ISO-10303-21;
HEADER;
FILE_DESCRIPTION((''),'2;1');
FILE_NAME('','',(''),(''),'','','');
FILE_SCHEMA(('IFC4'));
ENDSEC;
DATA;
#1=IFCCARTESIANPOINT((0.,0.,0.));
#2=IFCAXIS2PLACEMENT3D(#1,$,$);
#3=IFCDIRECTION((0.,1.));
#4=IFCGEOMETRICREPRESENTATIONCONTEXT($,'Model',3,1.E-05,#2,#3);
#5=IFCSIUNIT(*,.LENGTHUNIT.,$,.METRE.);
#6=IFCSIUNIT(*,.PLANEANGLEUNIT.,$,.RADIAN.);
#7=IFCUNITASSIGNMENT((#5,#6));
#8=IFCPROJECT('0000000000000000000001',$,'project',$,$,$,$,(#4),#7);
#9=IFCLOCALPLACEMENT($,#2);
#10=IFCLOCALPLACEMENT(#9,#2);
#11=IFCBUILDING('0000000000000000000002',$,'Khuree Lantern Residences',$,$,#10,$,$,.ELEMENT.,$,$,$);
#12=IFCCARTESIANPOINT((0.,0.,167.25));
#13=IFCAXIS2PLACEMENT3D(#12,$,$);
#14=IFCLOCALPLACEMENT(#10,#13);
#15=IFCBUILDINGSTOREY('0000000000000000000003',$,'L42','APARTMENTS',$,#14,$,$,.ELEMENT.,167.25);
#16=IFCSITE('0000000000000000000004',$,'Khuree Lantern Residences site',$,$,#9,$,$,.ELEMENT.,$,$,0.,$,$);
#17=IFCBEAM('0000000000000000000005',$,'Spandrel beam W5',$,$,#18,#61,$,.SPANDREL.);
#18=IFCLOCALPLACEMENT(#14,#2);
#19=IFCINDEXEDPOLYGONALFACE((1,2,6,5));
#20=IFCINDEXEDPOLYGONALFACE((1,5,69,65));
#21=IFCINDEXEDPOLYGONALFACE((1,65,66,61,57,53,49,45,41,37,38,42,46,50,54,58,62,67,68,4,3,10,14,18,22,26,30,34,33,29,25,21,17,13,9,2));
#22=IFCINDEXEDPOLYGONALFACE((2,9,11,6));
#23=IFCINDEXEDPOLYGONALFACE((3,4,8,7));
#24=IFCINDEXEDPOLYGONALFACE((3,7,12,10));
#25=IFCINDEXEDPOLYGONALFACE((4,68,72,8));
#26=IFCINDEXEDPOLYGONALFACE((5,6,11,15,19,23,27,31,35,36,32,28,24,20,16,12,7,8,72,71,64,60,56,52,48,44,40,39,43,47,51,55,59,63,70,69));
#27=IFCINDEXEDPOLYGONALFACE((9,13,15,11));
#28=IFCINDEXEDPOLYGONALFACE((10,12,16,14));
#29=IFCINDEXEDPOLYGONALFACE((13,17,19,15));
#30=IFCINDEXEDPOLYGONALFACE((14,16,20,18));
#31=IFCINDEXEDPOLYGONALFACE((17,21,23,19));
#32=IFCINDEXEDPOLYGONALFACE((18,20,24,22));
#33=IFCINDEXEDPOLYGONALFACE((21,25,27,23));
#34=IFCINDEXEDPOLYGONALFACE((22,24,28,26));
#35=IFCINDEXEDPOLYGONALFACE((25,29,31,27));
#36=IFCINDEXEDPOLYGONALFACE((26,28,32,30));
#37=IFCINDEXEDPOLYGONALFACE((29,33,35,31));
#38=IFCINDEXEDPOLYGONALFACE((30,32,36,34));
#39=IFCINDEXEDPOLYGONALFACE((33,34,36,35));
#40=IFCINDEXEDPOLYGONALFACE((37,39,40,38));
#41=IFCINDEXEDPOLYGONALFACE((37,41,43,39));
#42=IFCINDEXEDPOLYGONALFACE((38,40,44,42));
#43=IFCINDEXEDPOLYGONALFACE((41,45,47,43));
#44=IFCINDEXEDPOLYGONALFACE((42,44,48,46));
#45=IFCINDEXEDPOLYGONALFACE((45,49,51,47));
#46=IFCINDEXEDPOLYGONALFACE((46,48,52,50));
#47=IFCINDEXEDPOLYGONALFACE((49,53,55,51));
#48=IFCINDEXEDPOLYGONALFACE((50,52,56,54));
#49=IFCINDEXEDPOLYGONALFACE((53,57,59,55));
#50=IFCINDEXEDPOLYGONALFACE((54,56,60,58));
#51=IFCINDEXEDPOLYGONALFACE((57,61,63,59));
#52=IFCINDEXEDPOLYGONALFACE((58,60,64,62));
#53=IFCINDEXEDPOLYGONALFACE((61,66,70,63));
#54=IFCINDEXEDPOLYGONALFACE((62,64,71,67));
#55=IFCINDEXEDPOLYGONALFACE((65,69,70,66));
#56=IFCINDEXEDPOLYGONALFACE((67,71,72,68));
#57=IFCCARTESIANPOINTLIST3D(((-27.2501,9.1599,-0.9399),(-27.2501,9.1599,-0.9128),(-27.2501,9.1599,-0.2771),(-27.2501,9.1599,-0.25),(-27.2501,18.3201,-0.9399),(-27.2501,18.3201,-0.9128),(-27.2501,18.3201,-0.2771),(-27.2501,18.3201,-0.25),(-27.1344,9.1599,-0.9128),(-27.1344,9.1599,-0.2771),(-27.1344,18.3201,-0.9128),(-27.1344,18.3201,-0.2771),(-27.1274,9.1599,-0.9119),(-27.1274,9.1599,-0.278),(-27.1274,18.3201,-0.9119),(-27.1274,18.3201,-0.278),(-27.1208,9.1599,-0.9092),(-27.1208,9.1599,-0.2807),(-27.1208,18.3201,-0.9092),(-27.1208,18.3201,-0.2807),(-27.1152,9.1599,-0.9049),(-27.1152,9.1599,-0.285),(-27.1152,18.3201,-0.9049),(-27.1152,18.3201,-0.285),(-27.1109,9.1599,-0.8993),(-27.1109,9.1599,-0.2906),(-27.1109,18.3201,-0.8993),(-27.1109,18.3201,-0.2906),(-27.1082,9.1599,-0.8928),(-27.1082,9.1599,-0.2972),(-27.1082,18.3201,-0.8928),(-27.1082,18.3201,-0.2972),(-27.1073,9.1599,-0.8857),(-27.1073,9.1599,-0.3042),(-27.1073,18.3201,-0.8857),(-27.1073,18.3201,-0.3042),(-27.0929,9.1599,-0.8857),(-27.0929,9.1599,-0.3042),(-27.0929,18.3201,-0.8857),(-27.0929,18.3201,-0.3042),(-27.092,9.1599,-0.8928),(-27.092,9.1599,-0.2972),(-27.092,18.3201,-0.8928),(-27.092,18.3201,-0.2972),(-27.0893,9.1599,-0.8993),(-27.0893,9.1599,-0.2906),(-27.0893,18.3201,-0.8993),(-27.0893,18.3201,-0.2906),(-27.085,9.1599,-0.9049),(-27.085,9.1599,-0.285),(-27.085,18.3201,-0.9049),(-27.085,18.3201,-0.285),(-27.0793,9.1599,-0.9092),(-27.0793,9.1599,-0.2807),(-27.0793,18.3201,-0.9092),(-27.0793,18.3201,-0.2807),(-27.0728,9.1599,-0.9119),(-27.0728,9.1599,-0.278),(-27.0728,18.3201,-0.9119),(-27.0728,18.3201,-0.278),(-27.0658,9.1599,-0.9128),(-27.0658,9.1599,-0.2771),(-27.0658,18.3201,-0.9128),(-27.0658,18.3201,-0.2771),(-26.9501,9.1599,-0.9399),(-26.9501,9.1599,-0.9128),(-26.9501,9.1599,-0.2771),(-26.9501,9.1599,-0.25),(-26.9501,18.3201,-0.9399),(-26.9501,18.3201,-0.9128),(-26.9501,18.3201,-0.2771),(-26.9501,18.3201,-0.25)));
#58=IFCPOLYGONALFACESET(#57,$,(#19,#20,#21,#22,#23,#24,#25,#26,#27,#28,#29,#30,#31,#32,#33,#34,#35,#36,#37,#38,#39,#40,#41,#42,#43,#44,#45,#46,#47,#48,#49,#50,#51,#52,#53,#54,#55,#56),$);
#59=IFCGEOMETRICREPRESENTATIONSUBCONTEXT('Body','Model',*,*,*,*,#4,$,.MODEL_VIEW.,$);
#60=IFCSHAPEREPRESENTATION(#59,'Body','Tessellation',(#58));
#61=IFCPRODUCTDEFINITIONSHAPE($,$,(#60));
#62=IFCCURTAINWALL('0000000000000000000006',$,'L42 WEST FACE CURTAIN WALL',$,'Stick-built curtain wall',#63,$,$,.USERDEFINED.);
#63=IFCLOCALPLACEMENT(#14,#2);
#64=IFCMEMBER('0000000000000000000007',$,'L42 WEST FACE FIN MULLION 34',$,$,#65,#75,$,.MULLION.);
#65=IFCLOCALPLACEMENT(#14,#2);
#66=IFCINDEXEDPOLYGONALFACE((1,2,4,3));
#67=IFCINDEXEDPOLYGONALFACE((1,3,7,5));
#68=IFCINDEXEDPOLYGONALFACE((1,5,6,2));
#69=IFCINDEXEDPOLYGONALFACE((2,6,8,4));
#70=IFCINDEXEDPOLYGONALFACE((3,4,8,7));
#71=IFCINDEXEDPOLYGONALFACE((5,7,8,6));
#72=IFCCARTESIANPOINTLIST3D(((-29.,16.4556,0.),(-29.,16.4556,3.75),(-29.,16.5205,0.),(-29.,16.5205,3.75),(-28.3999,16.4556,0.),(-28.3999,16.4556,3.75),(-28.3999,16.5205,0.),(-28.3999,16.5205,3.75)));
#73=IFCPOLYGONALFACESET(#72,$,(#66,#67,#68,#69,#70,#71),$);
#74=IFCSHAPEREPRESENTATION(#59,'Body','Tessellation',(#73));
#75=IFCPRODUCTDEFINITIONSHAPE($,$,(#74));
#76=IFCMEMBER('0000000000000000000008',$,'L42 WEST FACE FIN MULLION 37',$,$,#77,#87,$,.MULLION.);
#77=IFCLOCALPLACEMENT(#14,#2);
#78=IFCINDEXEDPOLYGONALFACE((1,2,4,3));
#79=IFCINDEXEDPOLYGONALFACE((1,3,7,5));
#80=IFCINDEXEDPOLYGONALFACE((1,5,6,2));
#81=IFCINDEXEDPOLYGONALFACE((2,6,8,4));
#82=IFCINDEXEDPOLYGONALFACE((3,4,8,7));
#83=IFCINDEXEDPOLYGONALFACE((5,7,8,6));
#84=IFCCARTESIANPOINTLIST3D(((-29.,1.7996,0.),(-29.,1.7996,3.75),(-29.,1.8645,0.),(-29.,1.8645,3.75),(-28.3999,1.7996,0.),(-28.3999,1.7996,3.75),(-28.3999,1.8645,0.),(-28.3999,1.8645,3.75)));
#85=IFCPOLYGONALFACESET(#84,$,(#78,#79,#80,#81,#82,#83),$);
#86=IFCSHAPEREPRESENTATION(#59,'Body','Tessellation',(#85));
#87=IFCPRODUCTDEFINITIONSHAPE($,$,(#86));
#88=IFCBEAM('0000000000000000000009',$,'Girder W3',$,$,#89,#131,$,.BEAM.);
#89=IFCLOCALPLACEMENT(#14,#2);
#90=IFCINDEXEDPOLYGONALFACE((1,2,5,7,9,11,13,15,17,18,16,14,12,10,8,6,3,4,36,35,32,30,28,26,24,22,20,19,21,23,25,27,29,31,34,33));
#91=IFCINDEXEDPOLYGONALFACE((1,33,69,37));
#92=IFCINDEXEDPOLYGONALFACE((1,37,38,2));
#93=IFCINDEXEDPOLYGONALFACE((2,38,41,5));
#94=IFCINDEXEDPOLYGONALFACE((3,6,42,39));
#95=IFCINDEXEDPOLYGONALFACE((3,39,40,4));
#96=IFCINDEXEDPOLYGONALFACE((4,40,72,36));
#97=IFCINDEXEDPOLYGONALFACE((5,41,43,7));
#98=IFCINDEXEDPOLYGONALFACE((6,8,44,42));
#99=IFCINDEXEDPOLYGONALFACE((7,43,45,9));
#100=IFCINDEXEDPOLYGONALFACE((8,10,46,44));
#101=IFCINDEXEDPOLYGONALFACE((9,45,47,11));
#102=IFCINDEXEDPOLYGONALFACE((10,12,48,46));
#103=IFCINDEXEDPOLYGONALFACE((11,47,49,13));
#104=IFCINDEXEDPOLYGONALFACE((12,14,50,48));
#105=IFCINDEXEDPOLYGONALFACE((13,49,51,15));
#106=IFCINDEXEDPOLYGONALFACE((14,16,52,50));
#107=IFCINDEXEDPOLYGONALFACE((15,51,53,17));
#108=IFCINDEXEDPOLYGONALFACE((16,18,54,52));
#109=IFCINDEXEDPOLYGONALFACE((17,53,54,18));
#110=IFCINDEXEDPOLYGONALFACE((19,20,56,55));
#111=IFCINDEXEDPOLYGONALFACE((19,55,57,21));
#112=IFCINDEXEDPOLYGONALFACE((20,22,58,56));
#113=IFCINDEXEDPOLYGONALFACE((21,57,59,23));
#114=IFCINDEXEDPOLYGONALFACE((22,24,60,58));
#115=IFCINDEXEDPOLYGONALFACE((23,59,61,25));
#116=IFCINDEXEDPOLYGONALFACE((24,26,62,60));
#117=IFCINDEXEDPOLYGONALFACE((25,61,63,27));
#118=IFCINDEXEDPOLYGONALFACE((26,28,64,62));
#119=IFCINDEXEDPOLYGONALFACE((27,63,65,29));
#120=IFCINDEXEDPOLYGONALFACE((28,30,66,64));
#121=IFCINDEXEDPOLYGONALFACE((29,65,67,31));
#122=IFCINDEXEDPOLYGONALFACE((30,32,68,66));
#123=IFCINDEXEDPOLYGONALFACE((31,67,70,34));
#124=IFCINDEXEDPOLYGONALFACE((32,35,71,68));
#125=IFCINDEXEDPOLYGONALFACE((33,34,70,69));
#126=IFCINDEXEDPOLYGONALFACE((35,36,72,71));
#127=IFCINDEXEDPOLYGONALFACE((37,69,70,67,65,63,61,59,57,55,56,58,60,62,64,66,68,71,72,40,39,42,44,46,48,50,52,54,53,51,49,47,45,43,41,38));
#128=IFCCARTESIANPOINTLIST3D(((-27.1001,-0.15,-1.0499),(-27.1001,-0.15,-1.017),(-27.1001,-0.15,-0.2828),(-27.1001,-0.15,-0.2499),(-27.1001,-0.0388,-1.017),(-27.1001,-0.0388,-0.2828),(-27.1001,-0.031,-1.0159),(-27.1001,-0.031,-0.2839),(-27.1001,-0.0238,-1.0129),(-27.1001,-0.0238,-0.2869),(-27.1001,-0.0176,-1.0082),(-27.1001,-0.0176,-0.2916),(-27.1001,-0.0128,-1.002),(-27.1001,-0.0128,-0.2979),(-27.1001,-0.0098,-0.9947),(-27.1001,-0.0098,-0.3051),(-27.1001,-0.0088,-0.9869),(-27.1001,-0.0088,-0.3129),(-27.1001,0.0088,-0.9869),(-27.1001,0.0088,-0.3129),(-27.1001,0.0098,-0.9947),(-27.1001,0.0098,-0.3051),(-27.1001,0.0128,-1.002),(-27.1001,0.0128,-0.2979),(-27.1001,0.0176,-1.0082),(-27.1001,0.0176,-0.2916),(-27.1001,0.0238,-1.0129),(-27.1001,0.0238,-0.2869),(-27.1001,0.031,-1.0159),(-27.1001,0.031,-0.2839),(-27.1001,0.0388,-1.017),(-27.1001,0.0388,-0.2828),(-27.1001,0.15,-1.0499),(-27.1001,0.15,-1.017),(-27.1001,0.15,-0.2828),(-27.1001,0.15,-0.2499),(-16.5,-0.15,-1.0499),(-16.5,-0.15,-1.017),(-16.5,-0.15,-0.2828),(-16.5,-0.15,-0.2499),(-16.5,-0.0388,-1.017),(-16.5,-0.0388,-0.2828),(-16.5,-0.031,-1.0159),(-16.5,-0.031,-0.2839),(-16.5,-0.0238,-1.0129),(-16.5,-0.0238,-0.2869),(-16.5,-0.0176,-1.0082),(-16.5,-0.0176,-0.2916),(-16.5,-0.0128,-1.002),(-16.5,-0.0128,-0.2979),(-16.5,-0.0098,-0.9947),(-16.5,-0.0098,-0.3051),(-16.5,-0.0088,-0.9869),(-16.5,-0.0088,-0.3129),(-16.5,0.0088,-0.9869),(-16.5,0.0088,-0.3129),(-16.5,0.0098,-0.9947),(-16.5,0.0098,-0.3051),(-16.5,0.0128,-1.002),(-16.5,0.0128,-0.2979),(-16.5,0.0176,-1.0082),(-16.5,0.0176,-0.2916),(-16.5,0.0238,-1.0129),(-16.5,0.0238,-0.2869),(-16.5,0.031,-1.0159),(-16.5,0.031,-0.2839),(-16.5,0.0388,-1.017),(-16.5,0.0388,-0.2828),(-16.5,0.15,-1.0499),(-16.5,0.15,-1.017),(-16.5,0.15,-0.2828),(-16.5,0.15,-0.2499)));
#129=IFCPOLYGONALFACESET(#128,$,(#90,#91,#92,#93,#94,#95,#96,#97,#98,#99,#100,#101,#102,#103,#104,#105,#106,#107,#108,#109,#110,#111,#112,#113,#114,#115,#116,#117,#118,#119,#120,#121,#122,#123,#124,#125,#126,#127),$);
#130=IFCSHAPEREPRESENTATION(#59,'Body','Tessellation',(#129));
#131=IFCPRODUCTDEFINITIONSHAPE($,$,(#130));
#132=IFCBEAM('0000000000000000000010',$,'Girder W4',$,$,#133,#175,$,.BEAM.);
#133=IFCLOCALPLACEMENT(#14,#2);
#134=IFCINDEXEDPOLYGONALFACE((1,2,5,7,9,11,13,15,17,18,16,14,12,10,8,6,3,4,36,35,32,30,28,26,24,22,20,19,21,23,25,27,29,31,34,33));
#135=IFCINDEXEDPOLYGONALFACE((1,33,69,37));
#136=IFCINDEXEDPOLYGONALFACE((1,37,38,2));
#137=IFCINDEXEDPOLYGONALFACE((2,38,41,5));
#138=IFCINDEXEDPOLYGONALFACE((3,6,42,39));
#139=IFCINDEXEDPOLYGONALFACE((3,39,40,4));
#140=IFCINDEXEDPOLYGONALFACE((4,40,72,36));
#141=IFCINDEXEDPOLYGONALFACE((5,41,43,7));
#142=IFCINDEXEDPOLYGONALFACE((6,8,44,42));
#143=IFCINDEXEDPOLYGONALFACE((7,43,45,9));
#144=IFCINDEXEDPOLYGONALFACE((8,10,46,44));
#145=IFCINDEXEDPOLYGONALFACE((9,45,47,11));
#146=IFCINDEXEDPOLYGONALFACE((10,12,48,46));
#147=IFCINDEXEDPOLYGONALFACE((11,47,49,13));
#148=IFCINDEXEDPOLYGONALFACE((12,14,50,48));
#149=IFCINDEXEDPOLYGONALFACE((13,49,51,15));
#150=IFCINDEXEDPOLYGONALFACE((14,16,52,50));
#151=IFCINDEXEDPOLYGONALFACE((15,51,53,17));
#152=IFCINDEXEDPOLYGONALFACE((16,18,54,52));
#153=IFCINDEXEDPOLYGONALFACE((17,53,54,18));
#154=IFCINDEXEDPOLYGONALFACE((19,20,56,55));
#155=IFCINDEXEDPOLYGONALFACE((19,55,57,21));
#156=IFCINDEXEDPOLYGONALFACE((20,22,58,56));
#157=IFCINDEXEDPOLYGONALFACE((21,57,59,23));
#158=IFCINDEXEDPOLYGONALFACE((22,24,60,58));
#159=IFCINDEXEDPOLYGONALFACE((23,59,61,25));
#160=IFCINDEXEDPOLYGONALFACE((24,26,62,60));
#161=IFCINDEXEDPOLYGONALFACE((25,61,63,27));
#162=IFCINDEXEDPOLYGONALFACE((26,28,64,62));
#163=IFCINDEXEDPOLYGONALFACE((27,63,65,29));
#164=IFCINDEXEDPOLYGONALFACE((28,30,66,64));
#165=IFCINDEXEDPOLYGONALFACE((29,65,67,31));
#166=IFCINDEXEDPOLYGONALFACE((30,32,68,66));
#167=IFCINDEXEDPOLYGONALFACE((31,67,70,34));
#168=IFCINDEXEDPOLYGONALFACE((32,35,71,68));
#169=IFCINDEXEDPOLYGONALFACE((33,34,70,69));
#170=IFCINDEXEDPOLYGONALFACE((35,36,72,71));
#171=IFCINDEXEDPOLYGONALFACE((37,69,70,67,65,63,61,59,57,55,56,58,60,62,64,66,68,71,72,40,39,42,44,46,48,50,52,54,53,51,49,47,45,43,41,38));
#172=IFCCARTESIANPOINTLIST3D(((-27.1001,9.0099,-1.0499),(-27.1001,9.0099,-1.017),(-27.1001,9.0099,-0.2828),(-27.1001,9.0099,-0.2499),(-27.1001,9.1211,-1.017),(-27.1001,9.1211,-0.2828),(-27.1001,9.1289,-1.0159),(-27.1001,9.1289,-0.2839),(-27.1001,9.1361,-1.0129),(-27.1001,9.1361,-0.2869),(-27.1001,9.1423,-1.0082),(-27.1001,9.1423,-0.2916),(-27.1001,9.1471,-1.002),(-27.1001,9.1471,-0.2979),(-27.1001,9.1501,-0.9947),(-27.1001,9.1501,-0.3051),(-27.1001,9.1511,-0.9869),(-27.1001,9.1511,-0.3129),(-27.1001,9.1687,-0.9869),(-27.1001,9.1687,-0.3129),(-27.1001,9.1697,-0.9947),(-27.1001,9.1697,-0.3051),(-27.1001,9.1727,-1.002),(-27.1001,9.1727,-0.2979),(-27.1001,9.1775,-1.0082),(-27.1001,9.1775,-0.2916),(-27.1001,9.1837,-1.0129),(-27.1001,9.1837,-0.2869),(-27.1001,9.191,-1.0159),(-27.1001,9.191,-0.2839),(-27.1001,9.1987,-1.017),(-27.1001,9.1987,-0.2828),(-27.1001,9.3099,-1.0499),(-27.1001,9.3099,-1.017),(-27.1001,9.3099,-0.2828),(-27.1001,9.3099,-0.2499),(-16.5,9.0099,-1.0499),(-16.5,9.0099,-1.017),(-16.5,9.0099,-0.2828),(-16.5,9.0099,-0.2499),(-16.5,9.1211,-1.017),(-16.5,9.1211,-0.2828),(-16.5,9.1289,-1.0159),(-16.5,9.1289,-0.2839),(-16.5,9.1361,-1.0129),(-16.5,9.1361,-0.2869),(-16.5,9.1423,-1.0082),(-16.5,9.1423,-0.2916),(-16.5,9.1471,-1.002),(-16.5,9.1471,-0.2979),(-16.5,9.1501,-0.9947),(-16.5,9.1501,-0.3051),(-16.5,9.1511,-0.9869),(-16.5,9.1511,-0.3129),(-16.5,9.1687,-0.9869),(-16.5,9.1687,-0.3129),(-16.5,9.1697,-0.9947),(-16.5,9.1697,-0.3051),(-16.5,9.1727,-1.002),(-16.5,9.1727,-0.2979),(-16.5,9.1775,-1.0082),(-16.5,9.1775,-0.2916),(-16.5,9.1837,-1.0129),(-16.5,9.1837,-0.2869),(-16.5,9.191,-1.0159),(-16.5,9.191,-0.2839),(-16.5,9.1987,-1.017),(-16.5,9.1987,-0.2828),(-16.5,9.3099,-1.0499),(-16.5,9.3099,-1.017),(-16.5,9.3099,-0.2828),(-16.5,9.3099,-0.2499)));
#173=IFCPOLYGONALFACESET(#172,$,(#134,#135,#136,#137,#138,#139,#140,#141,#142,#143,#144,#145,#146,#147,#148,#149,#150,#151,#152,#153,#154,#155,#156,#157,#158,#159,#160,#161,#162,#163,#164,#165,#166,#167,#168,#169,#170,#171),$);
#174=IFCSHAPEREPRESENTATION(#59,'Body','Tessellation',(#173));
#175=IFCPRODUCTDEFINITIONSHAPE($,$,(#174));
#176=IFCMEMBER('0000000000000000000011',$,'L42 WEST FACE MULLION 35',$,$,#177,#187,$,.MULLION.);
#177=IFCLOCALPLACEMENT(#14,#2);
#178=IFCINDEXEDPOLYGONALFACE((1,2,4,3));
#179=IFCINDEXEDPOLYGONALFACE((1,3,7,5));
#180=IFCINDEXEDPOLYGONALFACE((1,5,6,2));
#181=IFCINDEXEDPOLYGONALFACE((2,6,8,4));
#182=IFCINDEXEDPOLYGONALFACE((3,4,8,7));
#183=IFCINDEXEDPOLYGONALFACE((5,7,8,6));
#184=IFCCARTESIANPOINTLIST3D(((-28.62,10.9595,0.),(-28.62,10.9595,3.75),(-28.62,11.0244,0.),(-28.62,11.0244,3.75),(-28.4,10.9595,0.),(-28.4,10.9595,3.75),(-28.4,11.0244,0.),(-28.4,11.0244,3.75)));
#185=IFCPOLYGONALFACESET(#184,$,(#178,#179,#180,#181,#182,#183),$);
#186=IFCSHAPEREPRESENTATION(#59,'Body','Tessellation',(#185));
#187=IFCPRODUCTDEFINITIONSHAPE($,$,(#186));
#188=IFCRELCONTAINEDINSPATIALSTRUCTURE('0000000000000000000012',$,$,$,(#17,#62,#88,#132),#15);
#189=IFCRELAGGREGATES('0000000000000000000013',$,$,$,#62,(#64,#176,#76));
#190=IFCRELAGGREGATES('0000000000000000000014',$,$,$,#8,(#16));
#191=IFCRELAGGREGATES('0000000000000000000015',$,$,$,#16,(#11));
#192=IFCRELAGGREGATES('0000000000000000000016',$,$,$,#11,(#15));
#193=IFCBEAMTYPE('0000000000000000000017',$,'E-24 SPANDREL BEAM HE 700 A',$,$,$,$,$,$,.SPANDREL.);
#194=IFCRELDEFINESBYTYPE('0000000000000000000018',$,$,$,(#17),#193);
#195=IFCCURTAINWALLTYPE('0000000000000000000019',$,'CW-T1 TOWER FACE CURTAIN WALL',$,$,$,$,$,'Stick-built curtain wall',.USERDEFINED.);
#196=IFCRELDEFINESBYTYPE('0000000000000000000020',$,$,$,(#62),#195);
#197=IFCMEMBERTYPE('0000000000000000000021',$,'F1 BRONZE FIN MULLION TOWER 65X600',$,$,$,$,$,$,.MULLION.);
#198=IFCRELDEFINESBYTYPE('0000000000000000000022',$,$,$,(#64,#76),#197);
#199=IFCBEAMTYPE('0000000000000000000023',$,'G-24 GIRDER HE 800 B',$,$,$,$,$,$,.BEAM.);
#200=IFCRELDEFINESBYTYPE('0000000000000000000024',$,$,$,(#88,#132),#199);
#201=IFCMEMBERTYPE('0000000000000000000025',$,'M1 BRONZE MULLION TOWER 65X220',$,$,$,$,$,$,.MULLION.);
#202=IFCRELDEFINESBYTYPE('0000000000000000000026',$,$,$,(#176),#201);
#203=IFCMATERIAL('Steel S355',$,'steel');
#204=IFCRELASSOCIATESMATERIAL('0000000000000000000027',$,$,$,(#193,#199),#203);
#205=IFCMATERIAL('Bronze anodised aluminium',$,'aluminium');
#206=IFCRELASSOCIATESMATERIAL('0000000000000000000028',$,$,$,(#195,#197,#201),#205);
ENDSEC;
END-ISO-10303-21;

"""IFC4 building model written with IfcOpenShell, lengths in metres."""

from ifc_helpers import new_model, si_unit, direction, frame, origin, origin_2d, place, context, subcontext, project, spatial, rectangle, i_section, extrude, material, material_profile, profile_set, type_object, element, aggregate, save


model = new_model("IFC4")

# Units and contexts
model_context = context("Model", 3, precision=1e-05, world=origin(), true_north=direction((0.0, 1.0)))
body_context = subcontext(model_context, "Body", "Model", "MODEL_VIEW")
ifc_project = project(units=[si_unit("LENGTHUNIT", "METRE"), si_unit("PLANEANGLEUNIT", "RADIAN")], contexts=[model_context])

# Site, building, storey
site_placement = place(None, origin())
site = spatial("IfcSite", under=ifc_project, at=site_placement, Name="Khuree Lantern Residences site", CompositionType="ELEMENT", RefElevation=0.0)
building_placement = place(site_placement, origin())
building = spatial("IfcBuilding", under=site, at=building_placement, Name="Khuree Lantern Residences", CompositionType="ELEMENT")
storey_placement = place(building_placement, frame((0.0, 0.0, 167.25)))
storey = spatial("IfcBuildingStorey", under=building, at=storey_placement, Name="L42", Description="APARTMENTS", CompositionType="ELEMENT", Elevation=167.25)

# Beam
ifc_material_1 = material(Name="Steel S355", Category="steel")
ifc_material_profile_1 = material_profile(ifc_material_1, i_section(OverallWidth=0.3, OverallDepth=0.6899, WebThickness=0.0144, FlangeThickness=0.0271, FilletRadius=0.0271, at=origin_2d()), Name="HE 700 A")
ifc_profile_set_1 = profile_set([ifc_material_profile_1], Name="Steel S355")
beam_type_1 = type_object("IfcBeamType", Name="E-24 SPANDREL BEAM HE 700 A", PredefinedType="SPANDREL", material=ifc_profile_set_1)
beam_1_placement = place(storey_placement, frame((-27.1001, 9.1599, -0.595), z_axis=(0.0, 1.0, 0.0), x_axis=(-1.0, 0.0, 0.0)))
element("IfcBeam", 1, at=beam_1_placement, inside=storey, type_object=beam_type_1, Name="Spandrel beam W5", PredefinedType="SPANDREL", context=body_context, shape_type="SweptSolid", body=[
    extrude(i_section(OverallWidth=0.3, OverallDepth=0.6899, WebThickness=0.0144, FlangeThickness=0.0271, FilletRadius=0.0271, at=origin_2d()), origin(), (0.0, 0.0, 1.0), 9.1602),
])

# Curtain wall, members
ifc_material_2 = material(Name="Bronze anodised aluminium", Category="aluminium")
curtain_wall_type = type_object("IfcCurtainWallType", Name="CW-T1 TOWER FACE CURTAIN WALL", ElementType="Stick-built curtain wall", PredefinedType="USERDEFINED", material=ifc_material_2)
curtain_wall_placement = place(storey_placement, origin())
curtain_wall = element("IfcCurtainWall", 2, at=curtain_wall_placement, inside=storey, type_object=curtain_wall_type, Name="L42 WEST FACE CURTAIN WALL", ObjectType="Stick-built curtain wall", PredefinedType="USERDEFINED")
ifc_material_profile_2 = material_profile(ifc_material_2, rectangle(XDim=0.0649, YDim=0.6001, at=origin_2d()), Name="F1 65X600")
ifc_profile_set_2 = profile_set([ifc_material_profile_2], Name="Bronze anodised aluminium")
member_type_1 = type_object("IfcMemberType", Name="F1 BRONZE FIN MULLION TOWER 65X600", PredefinedType="MULLION", material=ifc_profile_set_2)
member_1_placement = place(storey_placement, frame((-28.7, 16.488, 0.0), z_axis=(0.0, 0.0, 1.0), x_axis=(0.0, -1.0, 0.0)))
member_1 = element("IfcMember", 3, at=member_1_placement, type_object=member_type_1, Name="L42 WEST FACE FIN MULLION 34", PredefinedType="MULLION", context=body_context, shape_type="SweptSolid", body=[
    extrude(rectangle(XDim=0.0649, YDim=0.6001, at=origin_2d()), origin(), (0.0, 0.0, 1.0), 3.75),
])
member_2_placement = place(storey_placement, frame((-28.7, 1.832, 0.0), z_axis=(0.0, 0.0, 1.0), x_axis=(0.0, -1.0, 0.0)))
member_2 = element("IfcMember", 4, at=member_2_placement, type_object=member_type_1, Name="L42 WEST FACE FIN MULLION 37", PredefinedType="MULLION", context=body_context, shape_type="SweptSolid", body=[
    extrude(rectangle(XDim=0.0649, YDim=0.6001, at=origin_2d()), origin(), (0.0, 0.0, 1.0), 3.75),
])

# Beams
ifc_material_profile_3 = material_profile(ifc_material_1, i_section(OverallWidth=0.3, OverallDepth=0.8, WebThickness=0.0176, FlangeThickness=0.033, FilletRadius=0.03, at=origin_2d()), Name="HE 800 B")
ifc_profile_set_3 = profile_set([ifc_material_profile_3], Name="Steel S355")
beam_type_2 = type_object("IfcBeamType", Name="G-24 GIRDER HE 800 B", PredefinedType="BEAM", material=ifc_profile_set_3)
for number, where, z_axis, x_axis, name in (
    (5, (-27.1001, 0.0, -0.6499), (1.0, 0.0, 0.0), (0.0, 1.0, 0.0), "Girder W3"),
    (6, (-27.1001, 9.1599, -0.6499), (1.0, 0.0, 0.0), (0.0, 1.0, 0.0), "Girder W4"),
):
    element("IfcBeam", number, at=place(storey_placement, frame(where, z_axis=z_axis, x_axis=x_axis)), inside=storey, type_object=beam_type_2, Name=name, PredefinedType="BEAM", context=body_context, shape_type="SweptSolid", body=[
        extrude(i_section(OverallWidth=0.3, OverallDepth=0.8, WebThickness=0.0176, FlangeThickness=0.033, FilletRadius=0.03, at=origin_2d()), origin(), (0.0, 0.0, 1.0), 10.6001),
    ])

# Member
ifc_material_profile_4 = material_profile(ifc_material_2, rectangle(XDim=0.0649, YDim=0.22, at=origin_2d()), Name="M1 65X220")
ifc_profile_set_4 = profile_set([ifc_material_profile_4], Name="Bronze anodised aluminium")
member_type_2 = type_object("IfcMemberType", Name="M1 BRONZE MULLION TOWER 65X220", PredefinedType="MULLION", material=ifc_profile_set_4)
member_3_placement = place(storey_placement, frame((-28.51, 10.9919, 0.0), z_axis=(0.0, 0.0, 1.0), x_axis=(0.0, -1.0, 0.0)))
member_3 = element("IfcMember", 7, at=member_3_placement, type_object=member_type_2, Name="L42 WEST FACE MULLION 35", PredefinedType="MULLION", context=body_context, shape_type="SweptSolid", body=[
    extrude(rectangle(XDim=0.0649, YDim=0.22, at=origin_2d()), origin(), (0.0, 0.0, 1.0), 3.75),
])

aggregate(curtain_wall, [member_1, member_3, member_2])

save(model, "model.ifc")
